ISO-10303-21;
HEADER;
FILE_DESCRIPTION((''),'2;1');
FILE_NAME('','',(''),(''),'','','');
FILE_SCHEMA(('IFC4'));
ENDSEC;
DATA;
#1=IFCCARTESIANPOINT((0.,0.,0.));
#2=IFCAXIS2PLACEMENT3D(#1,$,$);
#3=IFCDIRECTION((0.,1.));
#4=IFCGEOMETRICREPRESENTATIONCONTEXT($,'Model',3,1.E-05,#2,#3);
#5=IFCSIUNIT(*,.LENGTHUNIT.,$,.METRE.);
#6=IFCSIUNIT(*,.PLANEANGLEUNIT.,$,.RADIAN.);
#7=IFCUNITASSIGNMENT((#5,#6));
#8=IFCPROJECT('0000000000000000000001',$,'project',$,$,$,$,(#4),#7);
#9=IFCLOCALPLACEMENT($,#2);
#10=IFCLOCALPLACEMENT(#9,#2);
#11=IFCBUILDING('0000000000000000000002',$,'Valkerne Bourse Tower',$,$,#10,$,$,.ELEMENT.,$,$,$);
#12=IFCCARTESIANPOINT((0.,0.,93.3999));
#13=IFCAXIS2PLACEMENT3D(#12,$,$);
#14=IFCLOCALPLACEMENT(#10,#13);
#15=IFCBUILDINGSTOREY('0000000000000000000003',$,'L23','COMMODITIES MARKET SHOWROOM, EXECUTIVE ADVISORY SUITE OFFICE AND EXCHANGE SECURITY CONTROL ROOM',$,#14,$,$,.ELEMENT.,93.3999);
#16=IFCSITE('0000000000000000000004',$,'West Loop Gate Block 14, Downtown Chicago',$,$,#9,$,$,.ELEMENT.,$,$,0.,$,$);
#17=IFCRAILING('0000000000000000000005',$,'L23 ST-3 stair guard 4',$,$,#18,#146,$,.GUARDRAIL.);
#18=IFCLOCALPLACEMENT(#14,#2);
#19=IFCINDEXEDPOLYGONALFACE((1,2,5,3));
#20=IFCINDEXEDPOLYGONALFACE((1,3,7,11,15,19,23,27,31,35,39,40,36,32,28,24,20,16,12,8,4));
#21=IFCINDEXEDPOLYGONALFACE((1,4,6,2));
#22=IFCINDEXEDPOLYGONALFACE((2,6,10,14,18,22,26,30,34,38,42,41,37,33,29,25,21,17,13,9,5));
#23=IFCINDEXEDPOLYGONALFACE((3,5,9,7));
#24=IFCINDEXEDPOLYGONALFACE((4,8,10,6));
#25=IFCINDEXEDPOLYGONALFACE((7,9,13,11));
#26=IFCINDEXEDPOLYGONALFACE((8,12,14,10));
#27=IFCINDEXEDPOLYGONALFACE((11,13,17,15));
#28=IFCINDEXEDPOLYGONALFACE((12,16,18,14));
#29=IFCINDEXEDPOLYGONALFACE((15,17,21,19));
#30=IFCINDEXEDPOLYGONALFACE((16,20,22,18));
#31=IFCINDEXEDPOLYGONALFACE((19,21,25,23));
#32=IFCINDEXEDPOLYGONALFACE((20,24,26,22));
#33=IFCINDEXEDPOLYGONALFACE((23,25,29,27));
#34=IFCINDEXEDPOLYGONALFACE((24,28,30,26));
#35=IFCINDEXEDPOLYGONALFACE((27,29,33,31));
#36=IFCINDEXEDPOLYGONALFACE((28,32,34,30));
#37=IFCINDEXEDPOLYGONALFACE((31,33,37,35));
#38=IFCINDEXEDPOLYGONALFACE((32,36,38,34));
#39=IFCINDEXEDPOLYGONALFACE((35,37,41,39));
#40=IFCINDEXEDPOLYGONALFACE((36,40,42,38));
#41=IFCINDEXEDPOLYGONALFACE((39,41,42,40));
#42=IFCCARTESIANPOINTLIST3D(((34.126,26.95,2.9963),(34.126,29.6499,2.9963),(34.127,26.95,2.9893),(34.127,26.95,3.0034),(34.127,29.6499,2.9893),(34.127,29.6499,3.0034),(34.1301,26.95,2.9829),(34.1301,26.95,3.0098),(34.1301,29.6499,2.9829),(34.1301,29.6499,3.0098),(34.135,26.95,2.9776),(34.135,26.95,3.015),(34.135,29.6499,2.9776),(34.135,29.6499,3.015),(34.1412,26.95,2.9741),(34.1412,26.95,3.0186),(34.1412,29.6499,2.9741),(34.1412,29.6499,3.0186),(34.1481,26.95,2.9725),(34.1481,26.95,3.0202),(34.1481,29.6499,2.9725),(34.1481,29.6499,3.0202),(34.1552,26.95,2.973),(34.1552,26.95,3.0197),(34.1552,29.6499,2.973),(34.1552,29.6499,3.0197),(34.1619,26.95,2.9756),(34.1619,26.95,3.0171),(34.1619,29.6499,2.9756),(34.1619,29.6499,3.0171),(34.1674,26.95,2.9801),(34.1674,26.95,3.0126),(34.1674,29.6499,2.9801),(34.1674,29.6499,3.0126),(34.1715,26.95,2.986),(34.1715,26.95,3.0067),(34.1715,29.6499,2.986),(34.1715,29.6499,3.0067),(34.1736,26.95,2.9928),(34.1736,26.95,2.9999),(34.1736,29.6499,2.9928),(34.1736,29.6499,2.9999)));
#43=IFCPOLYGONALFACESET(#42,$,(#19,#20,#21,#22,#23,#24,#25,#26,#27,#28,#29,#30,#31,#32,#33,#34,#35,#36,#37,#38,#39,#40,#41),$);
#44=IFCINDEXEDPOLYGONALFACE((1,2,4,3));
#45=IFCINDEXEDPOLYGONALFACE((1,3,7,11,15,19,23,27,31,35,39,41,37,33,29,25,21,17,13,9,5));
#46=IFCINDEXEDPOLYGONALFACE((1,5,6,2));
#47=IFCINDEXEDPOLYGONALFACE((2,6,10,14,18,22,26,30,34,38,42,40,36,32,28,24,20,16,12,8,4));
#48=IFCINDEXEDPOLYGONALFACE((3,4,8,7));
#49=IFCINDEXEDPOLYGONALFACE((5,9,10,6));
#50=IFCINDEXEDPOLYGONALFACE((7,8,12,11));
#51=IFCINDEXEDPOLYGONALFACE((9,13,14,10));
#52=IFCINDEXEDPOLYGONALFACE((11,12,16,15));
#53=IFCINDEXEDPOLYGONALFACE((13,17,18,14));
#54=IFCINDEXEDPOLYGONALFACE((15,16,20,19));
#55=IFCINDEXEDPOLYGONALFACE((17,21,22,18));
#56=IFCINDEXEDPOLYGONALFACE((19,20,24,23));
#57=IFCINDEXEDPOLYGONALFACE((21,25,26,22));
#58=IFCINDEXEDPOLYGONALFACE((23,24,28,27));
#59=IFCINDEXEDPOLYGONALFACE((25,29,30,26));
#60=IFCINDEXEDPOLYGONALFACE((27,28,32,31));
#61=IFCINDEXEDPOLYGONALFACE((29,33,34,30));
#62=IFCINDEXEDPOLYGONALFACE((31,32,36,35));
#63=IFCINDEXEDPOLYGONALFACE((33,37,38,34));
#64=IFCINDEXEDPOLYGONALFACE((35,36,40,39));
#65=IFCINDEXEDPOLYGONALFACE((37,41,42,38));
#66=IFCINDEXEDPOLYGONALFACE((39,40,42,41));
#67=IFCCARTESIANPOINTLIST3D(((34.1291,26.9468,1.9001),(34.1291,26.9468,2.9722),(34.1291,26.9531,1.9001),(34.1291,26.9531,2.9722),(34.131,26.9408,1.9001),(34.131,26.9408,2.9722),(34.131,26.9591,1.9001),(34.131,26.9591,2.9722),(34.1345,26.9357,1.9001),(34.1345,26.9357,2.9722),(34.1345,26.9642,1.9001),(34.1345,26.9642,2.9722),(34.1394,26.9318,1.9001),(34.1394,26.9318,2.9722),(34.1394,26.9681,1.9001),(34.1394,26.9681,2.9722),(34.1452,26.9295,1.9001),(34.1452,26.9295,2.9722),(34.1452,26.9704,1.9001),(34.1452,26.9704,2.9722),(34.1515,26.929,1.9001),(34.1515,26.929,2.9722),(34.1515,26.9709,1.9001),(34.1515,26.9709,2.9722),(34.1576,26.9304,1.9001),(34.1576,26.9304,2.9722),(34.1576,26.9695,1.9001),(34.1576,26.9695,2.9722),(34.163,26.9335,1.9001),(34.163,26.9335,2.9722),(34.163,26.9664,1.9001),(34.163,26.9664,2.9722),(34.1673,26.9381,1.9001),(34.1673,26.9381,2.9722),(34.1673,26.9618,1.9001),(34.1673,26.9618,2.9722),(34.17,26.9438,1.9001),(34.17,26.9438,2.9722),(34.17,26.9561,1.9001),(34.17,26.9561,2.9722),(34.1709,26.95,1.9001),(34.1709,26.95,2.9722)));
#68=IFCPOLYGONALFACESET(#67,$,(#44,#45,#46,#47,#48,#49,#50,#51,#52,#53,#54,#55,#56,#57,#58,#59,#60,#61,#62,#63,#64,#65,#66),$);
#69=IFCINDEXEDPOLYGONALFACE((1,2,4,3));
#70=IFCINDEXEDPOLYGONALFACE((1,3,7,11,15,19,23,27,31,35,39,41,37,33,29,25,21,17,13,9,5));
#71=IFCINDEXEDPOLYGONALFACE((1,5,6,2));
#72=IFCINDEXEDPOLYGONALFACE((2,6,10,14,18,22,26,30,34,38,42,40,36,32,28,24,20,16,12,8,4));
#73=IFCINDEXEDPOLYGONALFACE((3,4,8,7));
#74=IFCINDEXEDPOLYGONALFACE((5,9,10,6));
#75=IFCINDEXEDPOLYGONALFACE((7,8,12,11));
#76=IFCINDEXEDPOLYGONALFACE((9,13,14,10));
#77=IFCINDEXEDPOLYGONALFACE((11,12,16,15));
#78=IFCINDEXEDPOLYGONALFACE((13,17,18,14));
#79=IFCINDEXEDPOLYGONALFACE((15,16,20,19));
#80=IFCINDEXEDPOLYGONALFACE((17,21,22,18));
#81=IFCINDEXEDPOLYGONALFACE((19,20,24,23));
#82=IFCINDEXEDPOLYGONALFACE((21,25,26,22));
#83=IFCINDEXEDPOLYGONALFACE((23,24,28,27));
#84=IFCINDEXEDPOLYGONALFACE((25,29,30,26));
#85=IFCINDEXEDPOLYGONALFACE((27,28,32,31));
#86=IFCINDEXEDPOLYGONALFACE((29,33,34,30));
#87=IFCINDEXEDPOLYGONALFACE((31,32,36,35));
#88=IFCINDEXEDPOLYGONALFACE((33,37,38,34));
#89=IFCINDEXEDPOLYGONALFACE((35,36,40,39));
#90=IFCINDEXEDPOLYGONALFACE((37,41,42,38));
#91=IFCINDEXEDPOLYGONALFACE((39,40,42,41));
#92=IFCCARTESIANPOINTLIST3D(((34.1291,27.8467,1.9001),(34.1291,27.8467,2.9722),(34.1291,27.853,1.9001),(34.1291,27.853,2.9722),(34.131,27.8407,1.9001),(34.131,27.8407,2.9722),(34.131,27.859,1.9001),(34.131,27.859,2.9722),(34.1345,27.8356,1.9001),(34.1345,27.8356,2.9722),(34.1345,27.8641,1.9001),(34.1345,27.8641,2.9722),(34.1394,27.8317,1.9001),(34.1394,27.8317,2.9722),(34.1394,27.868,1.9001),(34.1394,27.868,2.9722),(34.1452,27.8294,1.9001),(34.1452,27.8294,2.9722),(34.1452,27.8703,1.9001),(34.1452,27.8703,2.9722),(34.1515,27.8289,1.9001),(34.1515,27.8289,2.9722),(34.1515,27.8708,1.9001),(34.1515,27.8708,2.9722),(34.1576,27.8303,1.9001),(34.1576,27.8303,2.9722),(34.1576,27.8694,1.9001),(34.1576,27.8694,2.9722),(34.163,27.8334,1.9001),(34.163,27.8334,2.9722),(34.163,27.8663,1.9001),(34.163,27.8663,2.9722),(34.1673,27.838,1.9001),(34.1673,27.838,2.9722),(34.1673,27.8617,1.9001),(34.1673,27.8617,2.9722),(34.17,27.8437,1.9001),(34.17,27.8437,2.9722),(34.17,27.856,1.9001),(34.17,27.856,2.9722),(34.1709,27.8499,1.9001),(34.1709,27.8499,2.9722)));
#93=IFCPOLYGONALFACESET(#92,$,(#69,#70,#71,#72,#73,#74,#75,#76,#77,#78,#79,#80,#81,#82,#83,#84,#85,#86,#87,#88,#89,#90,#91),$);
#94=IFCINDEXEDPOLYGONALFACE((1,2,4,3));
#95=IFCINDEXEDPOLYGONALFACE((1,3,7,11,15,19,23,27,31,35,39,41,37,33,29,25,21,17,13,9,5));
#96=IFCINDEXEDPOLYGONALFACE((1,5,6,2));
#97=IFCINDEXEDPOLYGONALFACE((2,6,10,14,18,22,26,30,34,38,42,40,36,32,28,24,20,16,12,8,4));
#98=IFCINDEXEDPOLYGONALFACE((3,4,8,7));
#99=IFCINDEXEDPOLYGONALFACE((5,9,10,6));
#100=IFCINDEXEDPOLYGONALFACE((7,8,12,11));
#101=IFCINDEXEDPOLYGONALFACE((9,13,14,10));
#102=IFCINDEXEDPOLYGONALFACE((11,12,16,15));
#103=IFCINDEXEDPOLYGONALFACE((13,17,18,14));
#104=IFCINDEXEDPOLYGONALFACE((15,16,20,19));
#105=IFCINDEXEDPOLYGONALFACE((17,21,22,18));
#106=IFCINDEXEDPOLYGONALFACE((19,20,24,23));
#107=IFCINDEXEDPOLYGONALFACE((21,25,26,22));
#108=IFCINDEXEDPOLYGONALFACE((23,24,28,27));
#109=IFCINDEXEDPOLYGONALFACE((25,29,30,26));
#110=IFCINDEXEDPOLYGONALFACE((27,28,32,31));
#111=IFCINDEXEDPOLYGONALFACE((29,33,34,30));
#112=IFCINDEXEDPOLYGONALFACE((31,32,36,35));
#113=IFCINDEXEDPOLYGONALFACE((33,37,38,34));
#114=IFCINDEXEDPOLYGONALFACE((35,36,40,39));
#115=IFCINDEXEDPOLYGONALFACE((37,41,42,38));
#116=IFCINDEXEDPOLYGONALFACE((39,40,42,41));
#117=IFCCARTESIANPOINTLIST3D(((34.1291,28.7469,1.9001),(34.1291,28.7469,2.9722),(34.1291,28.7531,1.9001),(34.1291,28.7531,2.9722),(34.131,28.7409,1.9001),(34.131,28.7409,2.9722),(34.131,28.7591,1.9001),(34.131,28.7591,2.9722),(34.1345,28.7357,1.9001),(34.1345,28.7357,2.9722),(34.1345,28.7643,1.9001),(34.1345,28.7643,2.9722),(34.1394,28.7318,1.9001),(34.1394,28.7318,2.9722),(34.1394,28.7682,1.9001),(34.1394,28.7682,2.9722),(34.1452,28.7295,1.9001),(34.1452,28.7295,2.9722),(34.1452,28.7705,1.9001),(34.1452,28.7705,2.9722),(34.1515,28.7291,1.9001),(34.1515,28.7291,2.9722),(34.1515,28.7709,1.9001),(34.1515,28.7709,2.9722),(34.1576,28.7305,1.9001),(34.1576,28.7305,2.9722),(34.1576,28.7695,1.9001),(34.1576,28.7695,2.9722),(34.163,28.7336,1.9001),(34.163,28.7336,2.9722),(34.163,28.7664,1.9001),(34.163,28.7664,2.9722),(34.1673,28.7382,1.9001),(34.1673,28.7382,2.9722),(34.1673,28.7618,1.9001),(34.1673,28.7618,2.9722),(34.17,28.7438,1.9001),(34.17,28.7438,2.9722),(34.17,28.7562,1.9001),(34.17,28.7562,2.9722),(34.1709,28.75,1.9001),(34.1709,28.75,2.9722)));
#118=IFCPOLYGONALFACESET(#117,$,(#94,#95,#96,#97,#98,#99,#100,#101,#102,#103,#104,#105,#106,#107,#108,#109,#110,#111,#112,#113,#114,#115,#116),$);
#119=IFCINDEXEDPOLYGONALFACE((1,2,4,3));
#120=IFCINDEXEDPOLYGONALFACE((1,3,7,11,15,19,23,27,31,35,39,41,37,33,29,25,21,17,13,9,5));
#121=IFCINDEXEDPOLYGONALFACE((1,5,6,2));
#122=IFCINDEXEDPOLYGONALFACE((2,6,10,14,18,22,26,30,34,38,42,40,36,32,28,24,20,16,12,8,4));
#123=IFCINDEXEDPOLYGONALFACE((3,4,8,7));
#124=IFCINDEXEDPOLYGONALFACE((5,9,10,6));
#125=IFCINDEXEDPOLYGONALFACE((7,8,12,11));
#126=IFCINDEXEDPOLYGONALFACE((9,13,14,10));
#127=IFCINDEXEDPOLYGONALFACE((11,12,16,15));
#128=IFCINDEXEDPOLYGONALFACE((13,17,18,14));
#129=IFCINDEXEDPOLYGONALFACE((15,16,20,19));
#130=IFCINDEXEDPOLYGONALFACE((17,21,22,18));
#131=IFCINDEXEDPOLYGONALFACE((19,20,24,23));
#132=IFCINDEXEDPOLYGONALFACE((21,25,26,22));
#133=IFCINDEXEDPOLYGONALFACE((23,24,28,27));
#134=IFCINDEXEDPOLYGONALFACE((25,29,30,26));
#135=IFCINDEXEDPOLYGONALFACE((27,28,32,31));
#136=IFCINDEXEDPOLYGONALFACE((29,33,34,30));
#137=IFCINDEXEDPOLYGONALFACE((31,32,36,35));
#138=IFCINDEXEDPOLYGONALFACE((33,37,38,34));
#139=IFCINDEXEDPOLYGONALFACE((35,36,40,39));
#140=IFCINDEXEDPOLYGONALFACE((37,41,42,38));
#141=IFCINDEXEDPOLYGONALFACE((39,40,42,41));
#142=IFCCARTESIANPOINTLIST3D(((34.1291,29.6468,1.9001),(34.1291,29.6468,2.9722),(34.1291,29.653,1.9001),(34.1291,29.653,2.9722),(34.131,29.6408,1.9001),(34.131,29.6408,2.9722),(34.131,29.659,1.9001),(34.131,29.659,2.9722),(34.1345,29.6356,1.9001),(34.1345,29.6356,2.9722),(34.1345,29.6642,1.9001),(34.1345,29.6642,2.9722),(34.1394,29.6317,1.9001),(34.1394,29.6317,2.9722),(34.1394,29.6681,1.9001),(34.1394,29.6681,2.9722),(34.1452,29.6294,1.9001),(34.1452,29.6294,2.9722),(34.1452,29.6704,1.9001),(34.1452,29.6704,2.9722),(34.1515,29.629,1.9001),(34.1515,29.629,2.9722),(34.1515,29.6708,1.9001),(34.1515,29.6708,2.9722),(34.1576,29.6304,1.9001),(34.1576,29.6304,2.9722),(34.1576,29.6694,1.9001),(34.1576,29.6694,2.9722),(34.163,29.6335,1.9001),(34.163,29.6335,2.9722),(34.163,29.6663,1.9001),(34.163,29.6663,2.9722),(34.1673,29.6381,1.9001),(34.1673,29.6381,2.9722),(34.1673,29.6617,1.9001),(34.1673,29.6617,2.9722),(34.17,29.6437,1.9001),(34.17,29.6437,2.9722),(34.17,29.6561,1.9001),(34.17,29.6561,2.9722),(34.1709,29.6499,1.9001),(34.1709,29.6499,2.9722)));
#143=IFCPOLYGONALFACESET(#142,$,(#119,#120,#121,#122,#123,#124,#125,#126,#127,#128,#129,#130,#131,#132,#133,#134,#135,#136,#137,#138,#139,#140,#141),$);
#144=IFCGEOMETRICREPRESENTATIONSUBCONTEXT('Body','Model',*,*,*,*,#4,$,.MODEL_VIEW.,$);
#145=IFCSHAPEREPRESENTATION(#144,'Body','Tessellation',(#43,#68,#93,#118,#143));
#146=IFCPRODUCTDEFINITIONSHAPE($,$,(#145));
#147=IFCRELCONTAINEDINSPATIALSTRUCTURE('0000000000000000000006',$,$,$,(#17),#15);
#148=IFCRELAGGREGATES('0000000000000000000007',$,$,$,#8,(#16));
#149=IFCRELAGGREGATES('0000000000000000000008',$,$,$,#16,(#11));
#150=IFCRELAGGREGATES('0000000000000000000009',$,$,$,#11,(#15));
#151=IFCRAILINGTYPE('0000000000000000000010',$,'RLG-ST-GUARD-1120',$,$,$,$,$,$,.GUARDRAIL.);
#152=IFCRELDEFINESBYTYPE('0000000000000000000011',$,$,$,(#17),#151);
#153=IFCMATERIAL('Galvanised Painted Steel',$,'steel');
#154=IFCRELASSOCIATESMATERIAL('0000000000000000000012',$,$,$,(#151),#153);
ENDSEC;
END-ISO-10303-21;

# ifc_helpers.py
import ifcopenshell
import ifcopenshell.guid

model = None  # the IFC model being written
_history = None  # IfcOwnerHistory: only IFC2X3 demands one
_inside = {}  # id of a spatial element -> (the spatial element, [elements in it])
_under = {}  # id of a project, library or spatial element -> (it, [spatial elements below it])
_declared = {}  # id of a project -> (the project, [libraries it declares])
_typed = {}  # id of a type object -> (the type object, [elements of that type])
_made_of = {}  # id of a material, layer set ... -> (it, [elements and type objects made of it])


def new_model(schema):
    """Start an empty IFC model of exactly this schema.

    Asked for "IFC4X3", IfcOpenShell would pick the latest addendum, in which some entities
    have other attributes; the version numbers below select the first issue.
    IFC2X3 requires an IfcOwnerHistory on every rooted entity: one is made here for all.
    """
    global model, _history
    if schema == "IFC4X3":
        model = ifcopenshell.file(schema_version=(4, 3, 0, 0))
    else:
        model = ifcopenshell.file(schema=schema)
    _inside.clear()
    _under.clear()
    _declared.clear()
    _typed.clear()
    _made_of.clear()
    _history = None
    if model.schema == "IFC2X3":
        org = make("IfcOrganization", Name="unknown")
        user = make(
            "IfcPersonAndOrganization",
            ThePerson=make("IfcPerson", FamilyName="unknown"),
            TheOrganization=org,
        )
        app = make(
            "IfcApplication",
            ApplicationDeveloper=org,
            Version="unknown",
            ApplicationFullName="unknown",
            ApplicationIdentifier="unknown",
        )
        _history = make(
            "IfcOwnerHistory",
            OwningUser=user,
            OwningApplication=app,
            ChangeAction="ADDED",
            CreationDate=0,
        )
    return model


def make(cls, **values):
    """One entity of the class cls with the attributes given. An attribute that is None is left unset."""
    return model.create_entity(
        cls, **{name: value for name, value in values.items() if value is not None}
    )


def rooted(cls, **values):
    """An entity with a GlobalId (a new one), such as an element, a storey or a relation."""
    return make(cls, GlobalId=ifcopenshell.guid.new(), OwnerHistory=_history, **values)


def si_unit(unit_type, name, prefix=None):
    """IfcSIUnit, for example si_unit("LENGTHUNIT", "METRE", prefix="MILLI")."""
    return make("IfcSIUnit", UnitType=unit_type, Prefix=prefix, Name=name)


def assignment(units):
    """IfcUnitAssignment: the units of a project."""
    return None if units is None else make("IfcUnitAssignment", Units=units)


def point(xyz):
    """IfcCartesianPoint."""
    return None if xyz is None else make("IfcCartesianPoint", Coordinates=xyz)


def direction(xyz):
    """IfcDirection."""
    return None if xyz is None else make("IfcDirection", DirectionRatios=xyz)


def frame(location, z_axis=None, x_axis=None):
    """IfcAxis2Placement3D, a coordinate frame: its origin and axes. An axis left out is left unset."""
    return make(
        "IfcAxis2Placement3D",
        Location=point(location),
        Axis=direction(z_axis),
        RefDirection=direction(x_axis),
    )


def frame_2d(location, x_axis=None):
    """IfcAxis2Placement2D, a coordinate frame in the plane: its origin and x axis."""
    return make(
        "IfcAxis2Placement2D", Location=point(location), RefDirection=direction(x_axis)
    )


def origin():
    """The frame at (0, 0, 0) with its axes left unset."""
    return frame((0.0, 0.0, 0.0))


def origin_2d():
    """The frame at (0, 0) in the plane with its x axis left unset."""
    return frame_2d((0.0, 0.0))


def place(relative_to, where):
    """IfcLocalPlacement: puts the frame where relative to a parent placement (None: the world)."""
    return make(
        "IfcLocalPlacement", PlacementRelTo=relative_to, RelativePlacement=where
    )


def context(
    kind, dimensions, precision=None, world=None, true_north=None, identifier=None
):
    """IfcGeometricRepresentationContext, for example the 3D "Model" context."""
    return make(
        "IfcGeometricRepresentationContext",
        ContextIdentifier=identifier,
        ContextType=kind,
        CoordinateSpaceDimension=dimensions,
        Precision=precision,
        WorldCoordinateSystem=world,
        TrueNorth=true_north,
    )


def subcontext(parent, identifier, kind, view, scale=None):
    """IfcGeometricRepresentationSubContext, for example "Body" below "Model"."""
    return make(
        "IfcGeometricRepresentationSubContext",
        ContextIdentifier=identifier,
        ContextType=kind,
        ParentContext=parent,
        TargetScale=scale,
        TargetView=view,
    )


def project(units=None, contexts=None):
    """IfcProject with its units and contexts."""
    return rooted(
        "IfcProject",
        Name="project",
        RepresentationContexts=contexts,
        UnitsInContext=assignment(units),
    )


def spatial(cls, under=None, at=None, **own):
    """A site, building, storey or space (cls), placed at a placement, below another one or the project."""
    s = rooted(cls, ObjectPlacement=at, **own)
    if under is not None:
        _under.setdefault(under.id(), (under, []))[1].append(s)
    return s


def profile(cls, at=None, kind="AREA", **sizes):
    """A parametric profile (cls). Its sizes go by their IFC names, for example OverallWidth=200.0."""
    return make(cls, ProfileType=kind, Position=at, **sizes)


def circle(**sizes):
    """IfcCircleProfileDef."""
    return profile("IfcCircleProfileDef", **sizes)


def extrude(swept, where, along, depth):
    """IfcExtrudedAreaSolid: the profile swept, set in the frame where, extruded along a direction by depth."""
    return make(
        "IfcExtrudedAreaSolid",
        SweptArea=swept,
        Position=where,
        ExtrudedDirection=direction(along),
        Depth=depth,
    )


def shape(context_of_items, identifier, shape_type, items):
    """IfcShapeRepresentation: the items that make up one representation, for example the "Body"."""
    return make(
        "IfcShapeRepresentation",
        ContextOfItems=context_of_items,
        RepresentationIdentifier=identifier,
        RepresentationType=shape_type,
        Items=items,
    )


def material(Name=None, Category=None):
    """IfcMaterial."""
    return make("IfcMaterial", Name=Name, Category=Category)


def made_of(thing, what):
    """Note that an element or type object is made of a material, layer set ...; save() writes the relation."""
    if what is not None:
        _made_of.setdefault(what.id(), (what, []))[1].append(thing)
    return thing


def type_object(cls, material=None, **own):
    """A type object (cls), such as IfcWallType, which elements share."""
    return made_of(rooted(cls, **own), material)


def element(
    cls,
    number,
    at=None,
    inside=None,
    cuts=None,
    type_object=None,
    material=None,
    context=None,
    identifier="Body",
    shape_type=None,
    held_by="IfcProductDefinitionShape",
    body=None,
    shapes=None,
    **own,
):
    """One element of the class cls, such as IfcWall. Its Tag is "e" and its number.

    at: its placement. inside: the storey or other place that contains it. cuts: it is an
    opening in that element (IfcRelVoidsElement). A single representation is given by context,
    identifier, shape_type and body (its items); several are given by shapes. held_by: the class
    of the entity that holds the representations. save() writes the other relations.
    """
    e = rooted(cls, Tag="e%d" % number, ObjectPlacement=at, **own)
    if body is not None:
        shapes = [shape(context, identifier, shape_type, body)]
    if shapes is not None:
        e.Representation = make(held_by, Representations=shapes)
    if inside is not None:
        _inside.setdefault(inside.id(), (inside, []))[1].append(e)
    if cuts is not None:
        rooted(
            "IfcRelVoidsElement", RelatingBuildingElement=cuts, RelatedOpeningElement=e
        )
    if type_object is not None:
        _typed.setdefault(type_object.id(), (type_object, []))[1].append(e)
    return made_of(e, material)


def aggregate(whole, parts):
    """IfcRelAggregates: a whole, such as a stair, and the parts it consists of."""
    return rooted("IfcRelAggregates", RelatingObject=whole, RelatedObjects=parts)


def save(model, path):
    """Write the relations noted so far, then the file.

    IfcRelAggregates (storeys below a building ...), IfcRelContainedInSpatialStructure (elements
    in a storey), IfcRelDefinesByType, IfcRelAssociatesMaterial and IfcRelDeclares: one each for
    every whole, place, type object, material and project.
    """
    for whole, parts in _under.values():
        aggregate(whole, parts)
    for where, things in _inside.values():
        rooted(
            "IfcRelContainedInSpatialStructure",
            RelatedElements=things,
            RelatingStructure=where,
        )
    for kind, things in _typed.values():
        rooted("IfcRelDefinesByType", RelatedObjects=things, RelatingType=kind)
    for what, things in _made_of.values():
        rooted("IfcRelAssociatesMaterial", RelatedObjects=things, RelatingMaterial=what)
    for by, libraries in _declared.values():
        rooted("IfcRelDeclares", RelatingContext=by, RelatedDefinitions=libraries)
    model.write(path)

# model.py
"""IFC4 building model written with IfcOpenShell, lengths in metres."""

from ifc_helpers import new_model, si_unit, direction, frame, origin, origin_2d, place, context, subcontext, project, spatial, circle, extrude, material, type_object, element, save


model = new_model("IFC4")

# Units and contexts
model_context = context("Model", 3, precision=1e-05, world=origin(), true_north=direction((0.0, 1.0)))
body_context = subcontext(model_context, "Body", "Model", "MODEL_VIEW")
ifc_project = project(units=[si_unit("LENGTHUNIT", "METRE"), si_unit("PLANEANGLEUNIT", "RADIAN")], contexts=[model_context])

# Site, building, storey
site_placement = place(None, origin())
site = spatial("IfcSite", under=ifc_project, at=site_placement, Name="West Loop Gate Block 14, Downtown Chicago", CompositionType="ELEMENT", RefElevation=0.0)
building_placement = place(site_placement, origin())
building = spatial("IfcBuilding", under=site, at=building_placement, Name="Valkerne Bourse Tower", CompositionType="ELEMENT")
storey_placement = place(building_placement, frame((0.0, 0.0, 93.3999)))
storey = spatial("IfcBuildingStorey", under=building, at=storey_placement, Name="L23", Description="COMMODITIES MARKET SHOWROOM, EXECUTIVE ADVISORY SUITE OFFICE AND EXCHANGE SECURITY CONTROL ROOM", CompositionType="ELEMENT", Elevation=93.3999)

# Shared definitions
ifc_material_1 = material(Name="Galvanised Painted Steel", Category="steel")

# Railing
railing_type_1 = type_object("IfcRailingType", Name="RLG-ST-GUARD-1120", PredefinedType="GUARDRAIL", material=ifc_material_1)
for number, where, name in (
    (1, (34.1499, 26.95, 1.9001), "L23 ST-3 stair guard 4"),
):
    element("IfcRailing", number, at=place(storey_placement, frame(where)), inside=storey, type_object=railing_type_1, Name=name, PredefinedType="GUARDRAIL", context=body_context, shape_type="SweptSolid", body=[
        extrude(circle(Radius=0.0239, at=origin_2d()), frame((0.0, 0.0, 1.0962), z_axis=(0.0, 1.0, 0.0), x_axis=(-1.0, 0.0, 0.0)), (0.0, 0.0, 1.0), 2.7),
        extrude(circle(Radius=0.021, at=origin_2d()), origin(), (0.0, 0.0, 1.0), 1.072),
        extrude(circle(Radius=0.021, at=origin_2d()), frame((0.0, 0.8999, 0.0)), (0.0, 0.0, 1.0), 1.072),
        extrude(circle(Radius=0.021, at=origin_2d()), frame((0.0, 1.8, 0.0)), (0.0, 0.0, 1.0), 1.072),
        extrude(circle(Radius=0.021, at=origin_2d()), frame((0.0, 2.7, 0.0)), (0.0, 0.0, 1.0), 1.072),
    ])

save(model, "model.ifc")
